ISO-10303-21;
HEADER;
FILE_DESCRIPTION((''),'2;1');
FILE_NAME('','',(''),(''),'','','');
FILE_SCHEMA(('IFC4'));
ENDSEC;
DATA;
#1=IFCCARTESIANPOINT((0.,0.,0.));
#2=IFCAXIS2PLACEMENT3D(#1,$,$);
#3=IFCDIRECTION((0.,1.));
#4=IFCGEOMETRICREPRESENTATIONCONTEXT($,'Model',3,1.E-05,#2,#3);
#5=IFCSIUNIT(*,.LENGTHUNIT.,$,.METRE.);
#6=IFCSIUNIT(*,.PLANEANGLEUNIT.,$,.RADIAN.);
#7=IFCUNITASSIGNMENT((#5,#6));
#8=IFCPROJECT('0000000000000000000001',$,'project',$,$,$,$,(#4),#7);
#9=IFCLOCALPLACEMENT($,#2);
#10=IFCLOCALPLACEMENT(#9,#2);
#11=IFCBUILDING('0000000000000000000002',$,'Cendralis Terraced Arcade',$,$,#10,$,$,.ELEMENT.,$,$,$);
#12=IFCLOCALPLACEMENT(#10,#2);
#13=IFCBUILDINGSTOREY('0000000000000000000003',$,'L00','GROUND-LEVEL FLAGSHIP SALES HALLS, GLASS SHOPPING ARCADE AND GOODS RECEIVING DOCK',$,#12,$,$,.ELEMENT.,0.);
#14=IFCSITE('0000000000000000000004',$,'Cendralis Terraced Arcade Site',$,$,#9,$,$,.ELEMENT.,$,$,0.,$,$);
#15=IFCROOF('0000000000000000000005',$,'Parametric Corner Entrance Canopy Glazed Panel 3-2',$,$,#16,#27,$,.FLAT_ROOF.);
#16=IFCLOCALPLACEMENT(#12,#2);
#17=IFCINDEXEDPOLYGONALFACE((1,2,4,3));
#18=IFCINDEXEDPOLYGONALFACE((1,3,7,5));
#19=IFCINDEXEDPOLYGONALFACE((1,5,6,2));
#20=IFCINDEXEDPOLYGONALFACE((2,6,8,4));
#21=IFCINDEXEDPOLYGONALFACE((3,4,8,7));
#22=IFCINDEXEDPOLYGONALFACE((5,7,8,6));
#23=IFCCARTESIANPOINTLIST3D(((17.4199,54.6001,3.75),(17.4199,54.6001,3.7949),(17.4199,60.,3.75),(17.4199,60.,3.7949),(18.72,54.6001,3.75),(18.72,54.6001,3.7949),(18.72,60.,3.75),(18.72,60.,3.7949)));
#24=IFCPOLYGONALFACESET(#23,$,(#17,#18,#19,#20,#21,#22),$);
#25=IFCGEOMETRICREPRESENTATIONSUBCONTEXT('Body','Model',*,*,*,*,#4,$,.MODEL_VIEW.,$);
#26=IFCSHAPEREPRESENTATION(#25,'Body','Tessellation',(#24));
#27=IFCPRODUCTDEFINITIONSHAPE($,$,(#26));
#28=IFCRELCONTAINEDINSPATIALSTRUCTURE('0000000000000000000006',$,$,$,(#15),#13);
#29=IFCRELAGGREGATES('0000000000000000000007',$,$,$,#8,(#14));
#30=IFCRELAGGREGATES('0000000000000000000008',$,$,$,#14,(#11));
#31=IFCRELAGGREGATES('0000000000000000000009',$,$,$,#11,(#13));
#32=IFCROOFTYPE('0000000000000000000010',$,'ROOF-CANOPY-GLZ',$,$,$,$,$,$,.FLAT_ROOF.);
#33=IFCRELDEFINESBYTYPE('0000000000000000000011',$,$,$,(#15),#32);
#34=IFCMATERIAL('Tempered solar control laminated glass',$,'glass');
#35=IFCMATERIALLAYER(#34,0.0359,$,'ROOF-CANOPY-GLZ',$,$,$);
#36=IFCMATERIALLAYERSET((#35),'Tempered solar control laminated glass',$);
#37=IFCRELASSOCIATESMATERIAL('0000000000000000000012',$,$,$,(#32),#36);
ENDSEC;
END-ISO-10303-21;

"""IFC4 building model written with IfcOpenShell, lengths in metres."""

from ifc_helpers import new_model, si_unit, direction, frame, origin, place, context, subcontext, project, spatial, polyline, outline, extrude, material, layer, layer_set, type_object, element, save


model = new_model("IFC4")

# Units and contexts
model_context = context("Model", 3, precision=1e-05, world=origin(), true_north=direction((0.0, 1.0)))
body_context = subcontext(model_context, "Body", "Model", "MODEL_VIEW")
ifc_project = project(units=[si_unit("LENGTHUNIT", "METRE"), si_unit("PLANEANGLEUNIT", "RADIAN")], contexts=[model_context])

# Site, building, storey
site_placement = place(None, origin())
site = spatial("IfcSite", under=ifc_project, at=site_placement, Name="Cendralis Terraced Arcade Site", CompositionType="ELEMENT", RefElevation=0.0)
building_placement = place(site_placement, origin())
building = spatial("IfcBuilding", under=site, at=building_placement, Name="Cendralis Terraced Arcade", CompositionType="ELEMENT")
storey_placement = place(building_placement, origin())
storey = spatial("IfcBuildingStorey", under=building, at=storey_placement, Name="L00", Description="GROUND-LEVEL FLAGSHIP SALES HALLS, GLASS SHOPPING ARCADE AND GOODS RECEIVING DOCK", CompositionType="ELEMENT", Elevation=0.0)

# Roof
ifc_material_1 = material(Name="Tempered solar control laminated glass", Category="glass")
ifc_layer_1 = layer(ifc_material_1, 0.0359, Name="ROOF-CANOPY-GLZ")
ifc_layer_set_1 = layer_set([ifc_layer_1], Name="Tempered solar control laminated glass")
roof_type = type_object("IfcRoofType", Name="ROOF-CANOPY-GLZ", PredefinedType="FLAT_ROOF", material=ifc_layer_set_1)
roof_1_placement = place(storey_placement, frame((0.0, 0.0, 3.75)))
element("IfcRoof", 1, at=roof_1_placement, inside=storey, type_object=roof_type, Name="Parametric Corner Entrance Canopy Glazed Panel 3-2", PredefinedType="FLAT_ROOF", context=body_context, shape_type="SweptSolid", body=[
    extrude(outline(polyline([(17.4199, 54.6001), (18.72, 54.6001), (18.72, 60.0), (17.4199, 60.0), (17.4199, 54.6001)])), origin(), (0.0, 0.0, 1.0), 0.0449),
])

save(model, "model.ifc")
